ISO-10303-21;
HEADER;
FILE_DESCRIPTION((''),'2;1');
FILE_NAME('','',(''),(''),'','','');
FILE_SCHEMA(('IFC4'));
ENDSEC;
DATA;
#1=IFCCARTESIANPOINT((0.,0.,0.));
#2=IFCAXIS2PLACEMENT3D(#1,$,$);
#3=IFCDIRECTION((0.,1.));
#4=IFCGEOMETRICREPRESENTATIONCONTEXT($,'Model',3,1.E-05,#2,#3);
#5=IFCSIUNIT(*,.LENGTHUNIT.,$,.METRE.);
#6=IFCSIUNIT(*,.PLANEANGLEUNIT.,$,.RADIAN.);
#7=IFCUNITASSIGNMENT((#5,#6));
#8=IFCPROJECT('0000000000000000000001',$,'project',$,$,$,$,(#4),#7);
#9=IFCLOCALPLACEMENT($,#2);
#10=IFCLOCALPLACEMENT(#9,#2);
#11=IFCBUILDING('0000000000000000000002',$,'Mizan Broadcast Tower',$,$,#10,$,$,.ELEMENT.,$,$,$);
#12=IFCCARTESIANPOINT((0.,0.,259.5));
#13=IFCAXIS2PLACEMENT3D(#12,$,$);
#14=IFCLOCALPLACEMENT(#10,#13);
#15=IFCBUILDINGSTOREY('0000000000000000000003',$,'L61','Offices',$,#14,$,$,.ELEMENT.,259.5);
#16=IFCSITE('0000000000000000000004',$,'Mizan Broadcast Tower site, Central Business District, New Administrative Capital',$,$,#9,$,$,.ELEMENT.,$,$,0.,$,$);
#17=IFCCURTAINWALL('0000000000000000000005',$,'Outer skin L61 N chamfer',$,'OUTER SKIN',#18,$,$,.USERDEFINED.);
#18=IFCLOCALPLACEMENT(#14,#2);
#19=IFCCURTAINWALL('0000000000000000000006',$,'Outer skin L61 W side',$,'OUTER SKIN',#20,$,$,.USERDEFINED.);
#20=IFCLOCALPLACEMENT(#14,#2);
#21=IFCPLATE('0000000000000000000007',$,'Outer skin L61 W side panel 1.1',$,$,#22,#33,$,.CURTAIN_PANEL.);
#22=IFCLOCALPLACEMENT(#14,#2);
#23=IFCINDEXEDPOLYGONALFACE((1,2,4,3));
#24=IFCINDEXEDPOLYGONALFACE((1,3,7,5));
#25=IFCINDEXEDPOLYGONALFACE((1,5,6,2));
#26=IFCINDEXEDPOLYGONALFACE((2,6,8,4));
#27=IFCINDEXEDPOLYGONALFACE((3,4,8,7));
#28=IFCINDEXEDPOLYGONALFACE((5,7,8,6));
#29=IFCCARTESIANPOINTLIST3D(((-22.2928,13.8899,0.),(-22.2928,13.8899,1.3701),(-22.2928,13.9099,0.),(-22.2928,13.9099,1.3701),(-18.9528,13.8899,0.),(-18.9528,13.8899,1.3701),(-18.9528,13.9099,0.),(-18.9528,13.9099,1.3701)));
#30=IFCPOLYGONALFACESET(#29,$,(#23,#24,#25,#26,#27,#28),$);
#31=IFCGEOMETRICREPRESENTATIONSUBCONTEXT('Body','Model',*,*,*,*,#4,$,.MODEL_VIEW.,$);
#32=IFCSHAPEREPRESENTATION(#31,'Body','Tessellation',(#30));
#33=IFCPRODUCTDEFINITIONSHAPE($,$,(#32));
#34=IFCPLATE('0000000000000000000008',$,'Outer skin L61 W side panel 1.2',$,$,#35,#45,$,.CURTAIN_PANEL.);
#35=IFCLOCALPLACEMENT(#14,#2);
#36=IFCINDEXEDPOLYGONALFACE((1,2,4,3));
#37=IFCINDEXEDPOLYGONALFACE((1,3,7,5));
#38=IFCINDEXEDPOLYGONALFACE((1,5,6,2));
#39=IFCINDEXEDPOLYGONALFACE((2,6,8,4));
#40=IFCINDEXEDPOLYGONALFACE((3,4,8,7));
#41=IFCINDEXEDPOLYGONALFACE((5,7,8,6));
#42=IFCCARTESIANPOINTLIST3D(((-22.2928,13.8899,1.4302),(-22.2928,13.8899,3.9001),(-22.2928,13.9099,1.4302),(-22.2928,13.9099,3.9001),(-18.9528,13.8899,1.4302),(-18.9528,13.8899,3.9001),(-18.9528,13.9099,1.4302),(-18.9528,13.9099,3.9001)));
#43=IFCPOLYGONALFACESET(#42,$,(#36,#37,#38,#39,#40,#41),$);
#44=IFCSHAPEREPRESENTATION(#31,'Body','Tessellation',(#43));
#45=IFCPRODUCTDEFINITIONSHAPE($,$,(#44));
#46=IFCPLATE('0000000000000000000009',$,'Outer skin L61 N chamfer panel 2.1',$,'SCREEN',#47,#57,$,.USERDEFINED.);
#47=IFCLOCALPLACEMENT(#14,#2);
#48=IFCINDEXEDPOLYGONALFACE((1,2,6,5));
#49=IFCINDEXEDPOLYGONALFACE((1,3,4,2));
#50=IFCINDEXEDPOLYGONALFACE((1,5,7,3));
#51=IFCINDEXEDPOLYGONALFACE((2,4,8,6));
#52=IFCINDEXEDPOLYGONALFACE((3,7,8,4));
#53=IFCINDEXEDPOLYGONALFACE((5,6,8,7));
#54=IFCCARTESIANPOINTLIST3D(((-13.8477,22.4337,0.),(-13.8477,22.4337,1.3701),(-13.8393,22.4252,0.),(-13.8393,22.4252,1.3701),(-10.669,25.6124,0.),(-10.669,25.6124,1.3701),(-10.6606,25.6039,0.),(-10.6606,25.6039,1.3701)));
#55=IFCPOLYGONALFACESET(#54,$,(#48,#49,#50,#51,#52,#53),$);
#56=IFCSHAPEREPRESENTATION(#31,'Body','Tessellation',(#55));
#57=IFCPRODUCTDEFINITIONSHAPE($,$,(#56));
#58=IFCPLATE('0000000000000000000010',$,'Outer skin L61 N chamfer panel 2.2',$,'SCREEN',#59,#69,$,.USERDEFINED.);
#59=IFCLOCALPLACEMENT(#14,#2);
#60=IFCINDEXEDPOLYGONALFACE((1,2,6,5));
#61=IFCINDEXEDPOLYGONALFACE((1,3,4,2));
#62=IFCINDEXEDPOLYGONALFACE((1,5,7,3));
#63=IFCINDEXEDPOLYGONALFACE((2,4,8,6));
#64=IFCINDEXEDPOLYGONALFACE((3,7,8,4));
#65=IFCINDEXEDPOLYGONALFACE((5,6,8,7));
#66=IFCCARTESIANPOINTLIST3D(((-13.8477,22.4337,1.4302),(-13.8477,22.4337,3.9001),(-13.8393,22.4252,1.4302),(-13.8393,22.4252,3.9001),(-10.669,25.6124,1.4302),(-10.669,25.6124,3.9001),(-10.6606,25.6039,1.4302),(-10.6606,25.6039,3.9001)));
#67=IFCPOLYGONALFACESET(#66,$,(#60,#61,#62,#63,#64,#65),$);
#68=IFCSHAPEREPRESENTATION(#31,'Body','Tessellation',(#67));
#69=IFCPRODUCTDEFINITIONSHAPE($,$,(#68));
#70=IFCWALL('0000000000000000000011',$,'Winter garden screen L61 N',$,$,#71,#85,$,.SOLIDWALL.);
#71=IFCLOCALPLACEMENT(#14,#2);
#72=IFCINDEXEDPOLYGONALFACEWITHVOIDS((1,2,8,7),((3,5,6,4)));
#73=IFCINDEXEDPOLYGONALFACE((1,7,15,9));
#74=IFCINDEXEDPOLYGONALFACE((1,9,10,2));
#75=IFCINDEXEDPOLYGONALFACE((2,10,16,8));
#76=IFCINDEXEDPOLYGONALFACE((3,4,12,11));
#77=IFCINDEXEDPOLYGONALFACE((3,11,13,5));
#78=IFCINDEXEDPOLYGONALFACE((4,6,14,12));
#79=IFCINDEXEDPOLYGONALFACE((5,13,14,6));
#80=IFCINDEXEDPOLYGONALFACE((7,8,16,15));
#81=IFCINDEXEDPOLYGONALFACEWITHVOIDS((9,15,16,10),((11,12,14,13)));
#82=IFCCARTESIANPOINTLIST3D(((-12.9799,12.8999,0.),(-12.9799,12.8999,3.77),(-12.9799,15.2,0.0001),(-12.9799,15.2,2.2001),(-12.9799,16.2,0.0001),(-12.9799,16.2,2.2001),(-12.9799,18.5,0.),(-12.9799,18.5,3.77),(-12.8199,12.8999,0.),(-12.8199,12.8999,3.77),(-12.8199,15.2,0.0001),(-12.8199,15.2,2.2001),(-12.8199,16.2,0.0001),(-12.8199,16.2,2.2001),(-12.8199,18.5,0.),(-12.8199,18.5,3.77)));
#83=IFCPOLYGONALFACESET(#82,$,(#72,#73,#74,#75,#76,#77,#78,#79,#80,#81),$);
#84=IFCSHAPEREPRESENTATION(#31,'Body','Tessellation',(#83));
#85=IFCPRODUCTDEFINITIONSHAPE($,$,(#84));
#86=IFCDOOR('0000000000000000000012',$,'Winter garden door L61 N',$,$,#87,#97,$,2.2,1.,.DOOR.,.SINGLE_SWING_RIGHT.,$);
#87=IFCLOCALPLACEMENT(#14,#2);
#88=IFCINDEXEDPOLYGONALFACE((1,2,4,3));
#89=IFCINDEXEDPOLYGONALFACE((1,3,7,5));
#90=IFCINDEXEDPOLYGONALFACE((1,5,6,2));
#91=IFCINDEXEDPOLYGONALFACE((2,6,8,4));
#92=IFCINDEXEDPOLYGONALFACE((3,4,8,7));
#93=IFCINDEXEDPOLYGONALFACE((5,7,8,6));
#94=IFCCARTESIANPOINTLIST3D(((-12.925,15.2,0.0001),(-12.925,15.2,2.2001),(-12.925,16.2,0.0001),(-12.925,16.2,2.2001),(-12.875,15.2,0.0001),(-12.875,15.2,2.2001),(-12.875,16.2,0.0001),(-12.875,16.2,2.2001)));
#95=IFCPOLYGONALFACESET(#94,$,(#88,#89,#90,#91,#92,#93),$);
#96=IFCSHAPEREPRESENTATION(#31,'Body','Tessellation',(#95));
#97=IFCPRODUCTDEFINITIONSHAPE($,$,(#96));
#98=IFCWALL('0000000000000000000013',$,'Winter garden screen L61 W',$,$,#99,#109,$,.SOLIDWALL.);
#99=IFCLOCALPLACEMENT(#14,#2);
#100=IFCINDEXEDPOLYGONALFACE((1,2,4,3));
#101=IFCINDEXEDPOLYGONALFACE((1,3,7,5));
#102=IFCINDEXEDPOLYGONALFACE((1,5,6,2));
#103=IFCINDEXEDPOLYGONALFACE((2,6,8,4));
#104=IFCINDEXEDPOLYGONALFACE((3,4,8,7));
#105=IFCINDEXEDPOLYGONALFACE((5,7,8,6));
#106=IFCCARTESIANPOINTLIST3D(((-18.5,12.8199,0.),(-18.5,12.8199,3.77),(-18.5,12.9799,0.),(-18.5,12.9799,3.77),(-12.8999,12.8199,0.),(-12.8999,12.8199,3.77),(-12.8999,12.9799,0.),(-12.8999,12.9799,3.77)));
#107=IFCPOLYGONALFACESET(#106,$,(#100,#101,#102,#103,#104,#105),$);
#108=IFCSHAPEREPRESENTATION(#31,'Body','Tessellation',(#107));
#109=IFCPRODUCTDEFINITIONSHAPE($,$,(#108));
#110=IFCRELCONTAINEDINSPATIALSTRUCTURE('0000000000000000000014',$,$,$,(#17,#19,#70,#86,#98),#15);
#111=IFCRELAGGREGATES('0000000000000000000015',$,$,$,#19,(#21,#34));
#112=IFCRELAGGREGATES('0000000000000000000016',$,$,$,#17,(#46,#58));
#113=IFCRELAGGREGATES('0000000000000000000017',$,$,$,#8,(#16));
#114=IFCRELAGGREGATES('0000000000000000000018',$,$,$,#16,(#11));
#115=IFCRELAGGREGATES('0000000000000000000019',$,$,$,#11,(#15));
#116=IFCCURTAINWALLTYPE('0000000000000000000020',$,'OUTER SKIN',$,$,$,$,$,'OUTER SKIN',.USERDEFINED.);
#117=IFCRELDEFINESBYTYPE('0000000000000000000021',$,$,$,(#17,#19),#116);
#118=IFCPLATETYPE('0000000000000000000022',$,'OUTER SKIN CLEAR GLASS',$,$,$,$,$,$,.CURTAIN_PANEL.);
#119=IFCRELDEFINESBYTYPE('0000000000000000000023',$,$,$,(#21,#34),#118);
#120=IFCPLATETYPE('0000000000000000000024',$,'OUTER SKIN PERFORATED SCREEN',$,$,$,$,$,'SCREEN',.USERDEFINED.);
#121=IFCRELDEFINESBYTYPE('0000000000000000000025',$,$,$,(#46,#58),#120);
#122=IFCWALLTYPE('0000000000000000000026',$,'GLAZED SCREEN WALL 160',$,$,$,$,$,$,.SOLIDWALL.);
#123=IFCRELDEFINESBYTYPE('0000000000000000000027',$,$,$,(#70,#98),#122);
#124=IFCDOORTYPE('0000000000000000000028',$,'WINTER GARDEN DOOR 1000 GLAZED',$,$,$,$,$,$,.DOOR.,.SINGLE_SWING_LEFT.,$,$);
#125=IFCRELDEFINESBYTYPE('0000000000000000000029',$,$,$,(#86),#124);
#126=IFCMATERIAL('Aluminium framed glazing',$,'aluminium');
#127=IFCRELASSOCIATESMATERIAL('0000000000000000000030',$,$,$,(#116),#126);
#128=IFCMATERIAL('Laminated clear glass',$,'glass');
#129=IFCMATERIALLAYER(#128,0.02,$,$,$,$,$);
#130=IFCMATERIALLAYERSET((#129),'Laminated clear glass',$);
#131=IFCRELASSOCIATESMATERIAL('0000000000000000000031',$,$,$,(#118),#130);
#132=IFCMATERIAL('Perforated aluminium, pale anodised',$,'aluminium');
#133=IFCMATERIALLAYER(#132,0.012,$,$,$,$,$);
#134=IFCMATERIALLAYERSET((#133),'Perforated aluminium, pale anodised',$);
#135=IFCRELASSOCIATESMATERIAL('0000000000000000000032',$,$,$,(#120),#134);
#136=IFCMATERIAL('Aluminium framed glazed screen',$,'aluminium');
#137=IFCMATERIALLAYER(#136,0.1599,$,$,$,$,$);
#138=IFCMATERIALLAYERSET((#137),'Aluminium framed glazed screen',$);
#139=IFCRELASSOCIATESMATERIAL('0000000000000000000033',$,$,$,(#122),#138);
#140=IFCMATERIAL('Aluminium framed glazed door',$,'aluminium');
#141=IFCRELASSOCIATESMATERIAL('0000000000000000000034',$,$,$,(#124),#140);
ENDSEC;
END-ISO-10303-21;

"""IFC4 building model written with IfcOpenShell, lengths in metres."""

from ifc_helpers import new_model, si_unit, direction, frame, frame_2d, origin, origin_2d, place, context, subcontext, project, spatial, rectangle, extrude, material, layer, layer_set, type_object, element, fill, aggregate, save


model = new_model("IFC4")

# Units and contexts
model_context = context("Model", 3, precision=1e-05, world=origin(), true_north=direction((0.0, 1.0)))
body_context = subcontext(model_context, "Body", "Model", "MODEL_VIEW")
ifc_project = project(units=[si_unit("LENGTHUNIT", "METRE"), si_unit("PLANEANGLEUNIT", "RADIAN")], contexts=[model_context])

# Site, building, storey
site_placement = place(None, origin())
site = spatial("IfcSite", under=ifc_project, at=site_placement, Name="Mizan Broadcast Tower site, Central Business District, New Administrative Capital", CompositionType="ELEMENT", RefElevation=0.0)
building_placement = place(site_placement, origin())
building = spatial("IfcBuilding", under=site, at=building_placement, Name="Mizan Broadcast Tower", CompositionType="ELEMENT")
storey_placement = place(building_placement, frame((0.0, 0.0, 259.5)))
storey = spatial("IfcBuildingStorey", under=building, at=storey_placement, Name="L61", Description="Offices", CompositionType="ELEMENT", Elevation=259.5)

# Curtain walls
ifc_material_1 = material(Name="Aluminium framed glazing", Category="aluminium")
curtain_wall_type_1 = type_object("IfcCurtainWallType", Name="OUTER SKIN", ElementType="OUTER SKIN", PredefinedType="USERDEFINED", material=ifc_material_1)
curtain_wall_1_placement = place(storey_placement, origin())
curtain_wall_1 = element("IfcCurtainWall", 1, at=curtain_wall_1_placement, inside=storey, type_object=curtain_wall_type_1, Name="Outer skin L61 N chamfer", ObjectType="OUTER SKIN", PredefinedType="USERDEFINED")
curtain_wall_2_placement = place(storey_placement, origin())
curtain_wall_2 = element("IfcCurtainWall", 2, at=curtain_wall_2_placement, inside=storey, type_object=curtain_wall_type_1, Name="Outer skin L61 W side", ObjectType="OUTER SKIN", PredefinedType="USERDEFINED")

# Plates
ifc_material_2 = material(Name="Laminated clear glass", Category="glass")
ifc_layer_1 = layer(ifc_material_2, 0.02)
ifc_layer_set_1 = layer_set([ifc_layer_1], Name="Laminated clear glass")
plate_type_1 = type_object("IfcPlateType", Name="OUTER SKIN CLEAR GLASS", PredefinedType="CURTAIN_PANEL", material=ifc_layer_set_1)
plate_1_placement = place(storey_placement, frame((-20.6228, 13.8999, 0.0), z_axis=(0.0, 0.0, 1.0), x_axis=(-1.0, 0.0, 0.0)))
plate_1 = element("IfcPlate", 3, at=plate_1_placement, type_object=plate_type_1, Name="Outer skin L61 W side panel 1.1", PredefinedType="CURTAIN_PANEL", context=body_context, shape_type="SweptSolid", body=[
    extrude(rectangle(XDim=3.3401, YDim=0.02, at=origin_2d()), origin(), (0.0, 0.0, 1.0), 1.3701),
])
plate_2_placement = place(storey_placement, frame((-20.6228, 13.8999, 1.4302), z_axis=(0.0, 0.0, 1.0), x_axis=(-1.0, 0.0, 0.0)))
plate_2 = element("IfcPlate", 4, at=plate_2_placement, type_object=plate_type_1, Name="Outer skin L61 W side panel 1.2", PredefinedType="CURTAIN_PANEL", context=body_context, shape_type="SweptSolid", body=[
    extrude(rectangle(XDim=3.3401, YDim=0.02, at=origin_2d()), origin(), (0.0, 0.0, 1.0), 2.47),
])
aggregate(curtain_wall_2, [plate_1, plate_2])
ifc_material_3 = material(Name="Perforated aluminium, pale anodised", Category="aluminium")
ifc_layer_2 = layer(ifc_material_3, 0.012)
ifc_layer_set_2 = layer_set([ifc_layer_2], Name="Perforated aluminium, pale anodised")
plate_type_2 = type_object("IfcPlateType", Name="OUTER SKIN PERFORATED SCREEN", ElementType="SCREEN", PredefinedType="USERDEFINED", material=ifc_layer_set_2)
plate_3_placement = place(storey_placement, frame((-12.2542, 24.0188, 0.0), z_axis=(0.0, 0.0, 1.0), x_axis=(-0.707107, -0.707107, 0.0)))
plate_3 = element("IfcPlate", 5, at=plate_3_placement, type_object=plate_type_2, Name="Outer skin L61 N chamfer panel 2.1", ObjectType="SCREEN", PredefinedType="USERDEFINED", context=body_context, shape_type="SweptSolid", body=[
    extrude(rectangle(XDim=4.4954, YDim=0.012, at=origin_2d()), origin(), (0.0, 0.0, 1.0), 1.3701),
])
plate_4_placement = place(storey_placement, frame((-12.2542, 24.0188, 1.4302), z_axis=(0.0, 0.0, 1.0), x_axis=(-0.707107, -0.707107, 0.0)))
plate_4 = element("IfcPlate", 6, at=plate_4_placement, type_object=plate_type_2, Name="Outer skin L61 N chamfer panel 2.2", ObjectType="SCREEN", PredefinedType="USERDEFINED", context=body_context, shape_type="SweptSolid", body=[
    extrude(rectangle(XDim=4.4954, YDim=0.012, at=origin_2d()), origin(), (0.0, 0.0, 1.0), 2.47),
])
aggregate(curtain_wall_1, [plate_3, plate_4])

# Wall, opening, door
ifc_material_4 = material(Name="Aluminium framed glazed screen", Category="aluminium")
ifc_layer_3 = layer(ifc_material_4, 0.1599)
ifc_layer_set_3 = layer_set([ifc_layer_3], Name="Aluminium framed glazed screen")
wall_type = type_object("IfcWallType", Name="GLAZED SCREEN WALL 160", PredefinedType="SOLIDWALL", material=ifc_layer_set_3)
wall_1_placement = place(storey_placement, frame((-12.8999, 18.5, 0.0), z_axis=(0.0, 0.0, 1.0), x_axis=(0.0, -1.0, 0.0)))
wall_1 = element("IfcWall", 7, at=wall_1_placement, inside=storey, type_object=wall_type, Name="Winter garden screen L61 N", PredefinedType="SOLIDWALL", context=body_context, shape_type="SweptSolid", body=[
    extrude(rectangle(XDim=5.6001, YDim=0.1599, at=frame_2d((2.8, 0.0))), origin(), (0.0, 0.0, 1.0), 3.77),
])
opening_placement = place(wall_1_placement, frame((2.3, 0.0, 0.0)))
opening = element("IfcOpeningElement", 8, at=opening_placement, cuts=wall_1, PredefinedType="OPENING", context=body_context, shape_type="SweptSolid", body=[
    extrude(rectangle(XDim=1.0, YDim=2.2, at=frame_2d((0.5, 1.1001))), frame((0.0, 0.0898, 0.0), z_axis=(0.0, -1.0, 0.0), x_axis=(1.0, 0.0, 0.0)), (0.0, 0.0, 1.0), 0.1799),
])
ifc_material_5 = material(Name="Aluminium framed glazed door", Category="aluminium")
door_type = type_object("IfcDoorType", Name="WINTER GARDEN DOOR 1000 GLAZED", OperationType="SINGLE_SWING_LEFT", PredefinedType="DOOR", material=ifc_material_5)
door_placement = place(opening_placement, origin())
door = element("IfcDoor", 9, at=door_placement, inside=storey, type_object=door_type, Name="Winter garden door L61 N", OperationType="SINGLE_SWING_RIGHT", OverallHeight=2.2, OverallWidth=1.0, PredefinedType="DOOR", context=body_context, shape_type="SweptSolid", body=[
    extrude(rectangle(XDim=1.0, YDim=2.2, at=frame_2d((0.5, 1.1001))), frame((0.0, 0.0249, 0.0), z_axis=(0.0, -1.0, 0.0), x_axis=(1.0, 0.0, 0.0)), (0.0, 0.0, 1.0), 0.05),
])
fill(opening, door)

# Wall
wall_2_placement = place(storey_placement, frame((-12.8999, 12.8999, 0.0), z_axis=(0.0, 0.0, 1.0), x_axis=(-1.0, 0.0, 0.0)))
element("IfcWall", 10, at=wall_2_placement, inside=storey, type_object=wall_type, Name="Winter garden screen L61 W", PredefinedType="SOLIDWALL", context=body_context, shape_type="SweptSolid", body=[
    extrude(rectangle(XDim=5.6001, YDim=0.1599, at=frame_2d((2.8, 0.0))), origin(), (0.0, 0.0, 1.0), 3.77),
])

save(model, "model.ifc")
